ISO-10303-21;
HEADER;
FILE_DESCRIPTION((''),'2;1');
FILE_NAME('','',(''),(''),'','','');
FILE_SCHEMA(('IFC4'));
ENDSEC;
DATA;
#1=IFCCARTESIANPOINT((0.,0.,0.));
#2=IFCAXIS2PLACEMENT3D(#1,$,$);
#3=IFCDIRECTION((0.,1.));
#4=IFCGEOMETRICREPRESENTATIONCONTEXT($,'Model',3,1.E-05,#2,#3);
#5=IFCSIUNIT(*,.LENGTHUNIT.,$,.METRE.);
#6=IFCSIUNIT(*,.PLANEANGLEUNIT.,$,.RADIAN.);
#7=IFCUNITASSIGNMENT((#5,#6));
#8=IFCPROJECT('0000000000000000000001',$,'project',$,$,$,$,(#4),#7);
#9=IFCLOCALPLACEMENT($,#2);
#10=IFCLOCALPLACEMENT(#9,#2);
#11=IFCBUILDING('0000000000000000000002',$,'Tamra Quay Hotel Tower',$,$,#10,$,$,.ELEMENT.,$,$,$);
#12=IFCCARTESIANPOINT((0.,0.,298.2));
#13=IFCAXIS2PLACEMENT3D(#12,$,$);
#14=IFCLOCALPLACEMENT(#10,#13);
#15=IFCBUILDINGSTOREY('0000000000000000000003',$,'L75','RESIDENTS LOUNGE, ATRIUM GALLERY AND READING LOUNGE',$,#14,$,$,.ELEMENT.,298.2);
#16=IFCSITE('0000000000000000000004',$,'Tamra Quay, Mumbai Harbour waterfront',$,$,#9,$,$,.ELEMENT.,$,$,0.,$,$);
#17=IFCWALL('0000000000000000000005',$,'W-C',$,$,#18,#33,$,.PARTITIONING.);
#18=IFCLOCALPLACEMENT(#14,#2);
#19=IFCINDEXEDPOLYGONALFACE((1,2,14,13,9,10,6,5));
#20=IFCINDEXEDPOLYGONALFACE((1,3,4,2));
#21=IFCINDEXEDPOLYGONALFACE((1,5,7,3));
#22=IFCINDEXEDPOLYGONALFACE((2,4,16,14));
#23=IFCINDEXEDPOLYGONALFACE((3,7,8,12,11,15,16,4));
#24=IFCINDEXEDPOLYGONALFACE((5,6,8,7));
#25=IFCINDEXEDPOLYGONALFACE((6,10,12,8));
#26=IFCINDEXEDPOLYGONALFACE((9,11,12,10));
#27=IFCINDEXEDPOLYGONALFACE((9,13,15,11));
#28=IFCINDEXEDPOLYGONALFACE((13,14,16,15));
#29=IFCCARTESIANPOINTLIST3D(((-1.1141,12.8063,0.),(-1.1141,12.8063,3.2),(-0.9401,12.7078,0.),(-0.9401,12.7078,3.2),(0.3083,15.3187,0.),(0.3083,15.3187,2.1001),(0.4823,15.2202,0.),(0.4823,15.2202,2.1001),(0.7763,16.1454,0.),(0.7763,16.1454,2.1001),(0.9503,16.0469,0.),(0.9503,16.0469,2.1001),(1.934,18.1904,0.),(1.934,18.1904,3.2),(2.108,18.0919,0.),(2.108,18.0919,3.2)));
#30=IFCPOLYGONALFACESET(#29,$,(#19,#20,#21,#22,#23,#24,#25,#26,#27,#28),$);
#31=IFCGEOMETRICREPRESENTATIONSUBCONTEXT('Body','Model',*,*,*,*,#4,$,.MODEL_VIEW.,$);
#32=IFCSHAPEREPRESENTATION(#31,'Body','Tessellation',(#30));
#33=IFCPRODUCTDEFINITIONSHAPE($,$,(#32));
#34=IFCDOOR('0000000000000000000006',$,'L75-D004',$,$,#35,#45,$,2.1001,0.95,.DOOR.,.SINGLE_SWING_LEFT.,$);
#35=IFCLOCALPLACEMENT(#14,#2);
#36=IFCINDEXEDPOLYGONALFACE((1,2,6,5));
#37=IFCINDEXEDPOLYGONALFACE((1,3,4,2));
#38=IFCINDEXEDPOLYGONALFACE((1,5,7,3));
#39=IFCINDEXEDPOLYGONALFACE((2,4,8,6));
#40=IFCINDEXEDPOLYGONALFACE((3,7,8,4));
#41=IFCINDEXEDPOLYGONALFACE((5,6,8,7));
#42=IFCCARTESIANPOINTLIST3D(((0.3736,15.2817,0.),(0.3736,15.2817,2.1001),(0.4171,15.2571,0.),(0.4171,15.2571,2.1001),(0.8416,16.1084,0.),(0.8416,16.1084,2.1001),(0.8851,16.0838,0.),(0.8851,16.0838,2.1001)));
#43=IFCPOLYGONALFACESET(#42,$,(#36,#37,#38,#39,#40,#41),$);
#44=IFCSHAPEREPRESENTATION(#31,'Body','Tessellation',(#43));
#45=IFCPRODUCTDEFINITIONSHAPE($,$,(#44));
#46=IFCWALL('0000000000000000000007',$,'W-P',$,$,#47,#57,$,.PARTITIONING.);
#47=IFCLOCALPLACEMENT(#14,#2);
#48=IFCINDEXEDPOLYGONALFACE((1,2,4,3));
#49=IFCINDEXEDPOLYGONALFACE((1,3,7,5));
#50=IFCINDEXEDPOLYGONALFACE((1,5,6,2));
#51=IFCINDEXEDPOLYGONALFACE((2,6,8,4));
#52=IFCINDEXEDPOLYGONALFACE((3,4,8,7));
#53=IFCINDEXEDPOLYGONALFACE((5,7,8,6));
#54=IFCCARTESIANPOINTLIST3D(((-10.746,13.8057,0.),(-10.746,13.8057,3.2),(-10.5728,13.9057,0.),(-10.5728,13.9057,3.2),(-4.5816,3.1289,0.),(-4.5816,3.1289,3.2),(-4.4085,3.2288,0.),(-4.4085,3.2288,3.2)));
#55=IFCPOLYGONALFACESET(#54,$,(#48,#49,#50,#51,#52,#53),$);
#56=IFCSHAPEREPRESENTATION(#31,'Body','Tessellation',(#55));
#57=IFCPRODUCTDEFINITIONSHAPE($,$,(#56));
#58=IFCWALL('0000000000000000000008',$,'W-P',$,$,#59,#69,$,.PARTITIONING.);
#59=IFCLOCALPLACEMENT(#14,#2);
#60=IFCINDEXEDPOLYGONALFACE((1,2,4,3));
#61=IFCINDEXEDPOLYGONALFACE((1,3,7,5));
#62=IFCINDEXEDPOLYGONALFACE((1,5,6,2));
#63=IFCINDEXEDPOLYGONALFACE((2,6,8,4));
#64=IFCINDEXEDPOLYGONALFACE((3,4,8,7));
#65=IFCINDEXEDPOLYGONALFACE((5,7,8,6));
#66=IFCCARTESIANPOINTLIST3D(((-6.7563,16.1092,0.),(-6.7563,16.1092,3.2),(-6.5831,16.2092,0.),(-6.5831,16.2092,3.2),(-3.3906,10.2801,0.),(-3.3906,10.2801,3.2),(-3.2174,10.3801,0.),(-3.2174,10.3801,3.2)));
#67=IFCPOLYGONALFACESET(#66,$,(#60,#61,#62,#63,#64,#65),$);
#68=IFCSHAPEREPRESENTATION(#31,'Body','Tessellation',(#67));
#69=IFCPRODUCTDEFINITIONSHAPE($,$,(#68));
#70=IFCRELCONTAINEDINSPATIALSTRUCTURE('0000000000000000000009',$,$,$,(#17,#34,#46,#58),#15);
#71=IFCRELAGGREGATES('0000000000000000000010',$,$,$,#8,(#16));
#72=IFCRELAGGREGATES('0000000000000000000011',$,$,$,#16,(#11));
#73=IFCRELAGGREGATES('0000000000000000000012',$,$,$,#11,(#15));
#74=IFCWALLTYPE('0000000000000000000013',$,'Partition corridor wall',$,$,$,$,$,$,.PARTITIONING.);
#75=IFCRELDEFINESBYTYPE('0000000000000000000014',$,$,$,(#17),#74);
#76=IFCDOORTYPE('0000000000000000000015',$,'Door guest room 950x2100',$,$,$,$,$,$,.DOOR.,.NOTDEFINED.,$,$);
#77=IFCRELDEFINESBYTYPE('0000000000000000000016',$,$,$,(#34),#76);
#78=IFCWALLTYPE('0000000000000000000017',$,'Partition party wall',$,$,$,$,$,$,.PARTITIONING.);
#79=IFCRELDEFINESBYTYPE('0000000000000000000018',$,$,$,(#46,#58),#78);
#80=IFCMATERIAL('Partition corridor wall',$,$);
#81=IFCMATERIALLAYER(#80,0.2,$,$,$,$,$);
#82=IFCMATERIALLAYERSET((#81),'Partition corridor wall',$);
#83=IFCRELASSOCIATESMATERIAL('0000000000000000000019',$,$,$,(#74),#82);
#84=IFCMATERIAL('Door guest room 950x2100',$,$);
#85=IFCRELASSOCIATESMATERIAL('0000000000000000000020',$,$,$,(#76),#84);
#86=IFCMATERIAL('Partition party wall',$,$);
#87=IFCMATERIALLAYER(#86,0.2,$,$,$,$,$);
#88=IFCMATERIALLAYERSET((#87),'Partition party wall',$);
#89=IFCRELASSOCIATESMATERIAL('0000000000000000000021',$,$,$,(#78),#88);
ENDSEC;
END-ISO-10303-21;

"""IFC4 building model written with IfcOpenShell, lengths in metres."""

from ifc_helpers import new_model, si_unit, direction, frame, frame_2d, origin, place, context, subcontext, project, spatial, rectangle, extrude, material, layer, layer_set, type_object, element, fill, save


model = new_model("IFC4")

# Units and contexts
model_context = context("Model", 3, precision=1e-05, world=origin(), true_north=direction((0.0, 1.0)))
body_context = subcontext(model_context, "Body", "Model", "MODEL_VIEW")
ifc_project = project(units=[si_unit("LENGTHUNIT", "METRE"), si_unit("PLANEANGLEUNIT", "RADIAN")], contexts=[model_context])

# Site, building, storey
site_placement = place(None, origin())
site = spatial("IfcSite", under=ifc_project, at=site_placement, Name="Tamra Quay, Mumbai Harbour waterfront", CompositionType="ELEMENT", RefElevation=0.0)
building_placement = place(site_placement, origin())
building = spatial("IfcBuilding", under=site, at=building_placement, Name="Tamra Quay Hotel Tower", CompositionType="ELEMENT")
storey_placement = place(building_placement, frame((0.0, 0.0, 298.2)))
storey = spatial("IfcBuildingStorey", under=building, at=storey_placement, Name="L75", Description="RESIDENTS LOUNGE, ATRIUM GALLERY AND READING LOUNGE", CompositionType="ELEMENT", Elevation=298.2)

# Shared definitions
ifc_material_1 = material(Name="Partition corridor wall")
ifc_layer_1 = layer(ifc_material_1, 0.2)
ifc_layer_set_1 = layer_set([ifc_layer_1], Name="Partition corridor wall")
wall_type_1 = type_object("IfcWallType", Name="Partition corridor wall", PredefinedType="PARTITIONING", material=ifc_layer_set_1)

# Wall, opening, door
wall_1_placement = place(storey_placement, frame((-1.0271, 12.7571, 0.0), z_axis=(0.0, 0.0, 1.0), x_axis=(0.492663, 0.87022, 0.0)))
wall_1 = element("IfcWall", 1, at=wall_1_placement, inside=storey, type_object=wall_type_1, Name="W-C", PredefinedType="PARTITIONING", context=body_context, shape_type="SweptSolid", body=[
    extrude(rectangle(XDim=6.187, YDim=0.2, at=frame_2d((3.0935, 0.0))), origin(), (0.0, 0.0, 1.0), 3.2),
])
opening_placement = place(wall_1_placement, frame((2.887, 0.0, 0.0)))
opening = element("IfcOpeningElement", 2, at=opening_placement, cuts=wall_1, PredefinedType="OPENING", context=body_context, shape_type="SweptSolid", body=[
    extrude(rectangle(XDim=0.95, YDim=2.1001, at=frame_2d((0.4751, 1.05))), frame((0.0, 0.1099, 0.0), z_axis=(0.0, -1.0, 0.0), x_axis=(1.0, 0.0, 0.0)), (0.0, 0.0, 1.0), 0.22),
])
ifc_material_2 = material(Name="Door guest room 950x2100")
door_type = type_object("IfcDoorType", Name="Door guest room 950x2100", OperationType="NOTDEFINED", PredefinedType="DOOR", material=ifc_material_2)
door_placement = place(opening_placement, origin())
door = element("IfcDoor", 3, at=door_placement, inside=storey, type_object=door_type, Name="L75-D004", OperationType="SINGLE_SWING_LEFT", OverallHeight=2.1001, OverallWidth=0.95, PredefinedType="DOOR", context=body_context, shape_type="SweptSolid", body=[
    extrude(rectangle(XDim=0.95, YDim=2.1001, at=frame_2d((0.4751, 1.05))), frame((0.0, 0.0249, 0.0), z_axis=(0.0, -1.0, 0.0), x_axis=(1.0, 0.0, 0.0)), (0.0, 0.0, 1.0), 0.05),
])
fill(opening, door)

# Walls
ifc_material_3 = material(Name="Partition party wall")
ifc_layer_2 = layer(ifc_material_3, 0.2)
ifc_layer_set_2 = layer_set([ifc_layer_2], Name="Partition party wall")
wall_type_2 = type_object("IfcWallType", Name="Partition party wall", PredefinedType="PARTITIONING", material=ifc_layer_set_2)
wall_2_placement = place(storey_placement, frame((-10.6594, 13.8557, 0.0), z_axis=(0.0, 0.0, 1.0), x_axis=(0.500005, -0.866023, 0.0)))
element("IfcWall", 4, at=wall_2_placement, inside=storey, type_object=wall_type_2, Name="W-P", PredefinedType="PARTITIONING", context=body_context, shape_type="SweptSolid", body=[
    extrude(rectangle(XDim=12.3286, YDim=0.2, at=frame_2d((6.1643, 0.0))), origin(), (0.0, 0.0, 1.0), 3.2),
])
wall_3_placement = place(storey_placement, frame((-6.6697, 16.1592, 0.0), z_axis=(0.0, 0.0, 1.0), x_axis=(0.500032, -0.866007, 0.0)))
element("IfcWall", 5, at=wall_3_placement, inside=storey, type_object=wall_type_2, Name="W-P", PredefinedType="PARTITIONING", context=body_context, shape_type="SweptSolid", body=[
    extrude(rectangle(XDim=6.731, YDim=0.2, at=frame_2d((3.3655, 0.0))), origin(), (0.0, 0.0, 1.0), 3.2),
])

save(model, "model.ifc")
